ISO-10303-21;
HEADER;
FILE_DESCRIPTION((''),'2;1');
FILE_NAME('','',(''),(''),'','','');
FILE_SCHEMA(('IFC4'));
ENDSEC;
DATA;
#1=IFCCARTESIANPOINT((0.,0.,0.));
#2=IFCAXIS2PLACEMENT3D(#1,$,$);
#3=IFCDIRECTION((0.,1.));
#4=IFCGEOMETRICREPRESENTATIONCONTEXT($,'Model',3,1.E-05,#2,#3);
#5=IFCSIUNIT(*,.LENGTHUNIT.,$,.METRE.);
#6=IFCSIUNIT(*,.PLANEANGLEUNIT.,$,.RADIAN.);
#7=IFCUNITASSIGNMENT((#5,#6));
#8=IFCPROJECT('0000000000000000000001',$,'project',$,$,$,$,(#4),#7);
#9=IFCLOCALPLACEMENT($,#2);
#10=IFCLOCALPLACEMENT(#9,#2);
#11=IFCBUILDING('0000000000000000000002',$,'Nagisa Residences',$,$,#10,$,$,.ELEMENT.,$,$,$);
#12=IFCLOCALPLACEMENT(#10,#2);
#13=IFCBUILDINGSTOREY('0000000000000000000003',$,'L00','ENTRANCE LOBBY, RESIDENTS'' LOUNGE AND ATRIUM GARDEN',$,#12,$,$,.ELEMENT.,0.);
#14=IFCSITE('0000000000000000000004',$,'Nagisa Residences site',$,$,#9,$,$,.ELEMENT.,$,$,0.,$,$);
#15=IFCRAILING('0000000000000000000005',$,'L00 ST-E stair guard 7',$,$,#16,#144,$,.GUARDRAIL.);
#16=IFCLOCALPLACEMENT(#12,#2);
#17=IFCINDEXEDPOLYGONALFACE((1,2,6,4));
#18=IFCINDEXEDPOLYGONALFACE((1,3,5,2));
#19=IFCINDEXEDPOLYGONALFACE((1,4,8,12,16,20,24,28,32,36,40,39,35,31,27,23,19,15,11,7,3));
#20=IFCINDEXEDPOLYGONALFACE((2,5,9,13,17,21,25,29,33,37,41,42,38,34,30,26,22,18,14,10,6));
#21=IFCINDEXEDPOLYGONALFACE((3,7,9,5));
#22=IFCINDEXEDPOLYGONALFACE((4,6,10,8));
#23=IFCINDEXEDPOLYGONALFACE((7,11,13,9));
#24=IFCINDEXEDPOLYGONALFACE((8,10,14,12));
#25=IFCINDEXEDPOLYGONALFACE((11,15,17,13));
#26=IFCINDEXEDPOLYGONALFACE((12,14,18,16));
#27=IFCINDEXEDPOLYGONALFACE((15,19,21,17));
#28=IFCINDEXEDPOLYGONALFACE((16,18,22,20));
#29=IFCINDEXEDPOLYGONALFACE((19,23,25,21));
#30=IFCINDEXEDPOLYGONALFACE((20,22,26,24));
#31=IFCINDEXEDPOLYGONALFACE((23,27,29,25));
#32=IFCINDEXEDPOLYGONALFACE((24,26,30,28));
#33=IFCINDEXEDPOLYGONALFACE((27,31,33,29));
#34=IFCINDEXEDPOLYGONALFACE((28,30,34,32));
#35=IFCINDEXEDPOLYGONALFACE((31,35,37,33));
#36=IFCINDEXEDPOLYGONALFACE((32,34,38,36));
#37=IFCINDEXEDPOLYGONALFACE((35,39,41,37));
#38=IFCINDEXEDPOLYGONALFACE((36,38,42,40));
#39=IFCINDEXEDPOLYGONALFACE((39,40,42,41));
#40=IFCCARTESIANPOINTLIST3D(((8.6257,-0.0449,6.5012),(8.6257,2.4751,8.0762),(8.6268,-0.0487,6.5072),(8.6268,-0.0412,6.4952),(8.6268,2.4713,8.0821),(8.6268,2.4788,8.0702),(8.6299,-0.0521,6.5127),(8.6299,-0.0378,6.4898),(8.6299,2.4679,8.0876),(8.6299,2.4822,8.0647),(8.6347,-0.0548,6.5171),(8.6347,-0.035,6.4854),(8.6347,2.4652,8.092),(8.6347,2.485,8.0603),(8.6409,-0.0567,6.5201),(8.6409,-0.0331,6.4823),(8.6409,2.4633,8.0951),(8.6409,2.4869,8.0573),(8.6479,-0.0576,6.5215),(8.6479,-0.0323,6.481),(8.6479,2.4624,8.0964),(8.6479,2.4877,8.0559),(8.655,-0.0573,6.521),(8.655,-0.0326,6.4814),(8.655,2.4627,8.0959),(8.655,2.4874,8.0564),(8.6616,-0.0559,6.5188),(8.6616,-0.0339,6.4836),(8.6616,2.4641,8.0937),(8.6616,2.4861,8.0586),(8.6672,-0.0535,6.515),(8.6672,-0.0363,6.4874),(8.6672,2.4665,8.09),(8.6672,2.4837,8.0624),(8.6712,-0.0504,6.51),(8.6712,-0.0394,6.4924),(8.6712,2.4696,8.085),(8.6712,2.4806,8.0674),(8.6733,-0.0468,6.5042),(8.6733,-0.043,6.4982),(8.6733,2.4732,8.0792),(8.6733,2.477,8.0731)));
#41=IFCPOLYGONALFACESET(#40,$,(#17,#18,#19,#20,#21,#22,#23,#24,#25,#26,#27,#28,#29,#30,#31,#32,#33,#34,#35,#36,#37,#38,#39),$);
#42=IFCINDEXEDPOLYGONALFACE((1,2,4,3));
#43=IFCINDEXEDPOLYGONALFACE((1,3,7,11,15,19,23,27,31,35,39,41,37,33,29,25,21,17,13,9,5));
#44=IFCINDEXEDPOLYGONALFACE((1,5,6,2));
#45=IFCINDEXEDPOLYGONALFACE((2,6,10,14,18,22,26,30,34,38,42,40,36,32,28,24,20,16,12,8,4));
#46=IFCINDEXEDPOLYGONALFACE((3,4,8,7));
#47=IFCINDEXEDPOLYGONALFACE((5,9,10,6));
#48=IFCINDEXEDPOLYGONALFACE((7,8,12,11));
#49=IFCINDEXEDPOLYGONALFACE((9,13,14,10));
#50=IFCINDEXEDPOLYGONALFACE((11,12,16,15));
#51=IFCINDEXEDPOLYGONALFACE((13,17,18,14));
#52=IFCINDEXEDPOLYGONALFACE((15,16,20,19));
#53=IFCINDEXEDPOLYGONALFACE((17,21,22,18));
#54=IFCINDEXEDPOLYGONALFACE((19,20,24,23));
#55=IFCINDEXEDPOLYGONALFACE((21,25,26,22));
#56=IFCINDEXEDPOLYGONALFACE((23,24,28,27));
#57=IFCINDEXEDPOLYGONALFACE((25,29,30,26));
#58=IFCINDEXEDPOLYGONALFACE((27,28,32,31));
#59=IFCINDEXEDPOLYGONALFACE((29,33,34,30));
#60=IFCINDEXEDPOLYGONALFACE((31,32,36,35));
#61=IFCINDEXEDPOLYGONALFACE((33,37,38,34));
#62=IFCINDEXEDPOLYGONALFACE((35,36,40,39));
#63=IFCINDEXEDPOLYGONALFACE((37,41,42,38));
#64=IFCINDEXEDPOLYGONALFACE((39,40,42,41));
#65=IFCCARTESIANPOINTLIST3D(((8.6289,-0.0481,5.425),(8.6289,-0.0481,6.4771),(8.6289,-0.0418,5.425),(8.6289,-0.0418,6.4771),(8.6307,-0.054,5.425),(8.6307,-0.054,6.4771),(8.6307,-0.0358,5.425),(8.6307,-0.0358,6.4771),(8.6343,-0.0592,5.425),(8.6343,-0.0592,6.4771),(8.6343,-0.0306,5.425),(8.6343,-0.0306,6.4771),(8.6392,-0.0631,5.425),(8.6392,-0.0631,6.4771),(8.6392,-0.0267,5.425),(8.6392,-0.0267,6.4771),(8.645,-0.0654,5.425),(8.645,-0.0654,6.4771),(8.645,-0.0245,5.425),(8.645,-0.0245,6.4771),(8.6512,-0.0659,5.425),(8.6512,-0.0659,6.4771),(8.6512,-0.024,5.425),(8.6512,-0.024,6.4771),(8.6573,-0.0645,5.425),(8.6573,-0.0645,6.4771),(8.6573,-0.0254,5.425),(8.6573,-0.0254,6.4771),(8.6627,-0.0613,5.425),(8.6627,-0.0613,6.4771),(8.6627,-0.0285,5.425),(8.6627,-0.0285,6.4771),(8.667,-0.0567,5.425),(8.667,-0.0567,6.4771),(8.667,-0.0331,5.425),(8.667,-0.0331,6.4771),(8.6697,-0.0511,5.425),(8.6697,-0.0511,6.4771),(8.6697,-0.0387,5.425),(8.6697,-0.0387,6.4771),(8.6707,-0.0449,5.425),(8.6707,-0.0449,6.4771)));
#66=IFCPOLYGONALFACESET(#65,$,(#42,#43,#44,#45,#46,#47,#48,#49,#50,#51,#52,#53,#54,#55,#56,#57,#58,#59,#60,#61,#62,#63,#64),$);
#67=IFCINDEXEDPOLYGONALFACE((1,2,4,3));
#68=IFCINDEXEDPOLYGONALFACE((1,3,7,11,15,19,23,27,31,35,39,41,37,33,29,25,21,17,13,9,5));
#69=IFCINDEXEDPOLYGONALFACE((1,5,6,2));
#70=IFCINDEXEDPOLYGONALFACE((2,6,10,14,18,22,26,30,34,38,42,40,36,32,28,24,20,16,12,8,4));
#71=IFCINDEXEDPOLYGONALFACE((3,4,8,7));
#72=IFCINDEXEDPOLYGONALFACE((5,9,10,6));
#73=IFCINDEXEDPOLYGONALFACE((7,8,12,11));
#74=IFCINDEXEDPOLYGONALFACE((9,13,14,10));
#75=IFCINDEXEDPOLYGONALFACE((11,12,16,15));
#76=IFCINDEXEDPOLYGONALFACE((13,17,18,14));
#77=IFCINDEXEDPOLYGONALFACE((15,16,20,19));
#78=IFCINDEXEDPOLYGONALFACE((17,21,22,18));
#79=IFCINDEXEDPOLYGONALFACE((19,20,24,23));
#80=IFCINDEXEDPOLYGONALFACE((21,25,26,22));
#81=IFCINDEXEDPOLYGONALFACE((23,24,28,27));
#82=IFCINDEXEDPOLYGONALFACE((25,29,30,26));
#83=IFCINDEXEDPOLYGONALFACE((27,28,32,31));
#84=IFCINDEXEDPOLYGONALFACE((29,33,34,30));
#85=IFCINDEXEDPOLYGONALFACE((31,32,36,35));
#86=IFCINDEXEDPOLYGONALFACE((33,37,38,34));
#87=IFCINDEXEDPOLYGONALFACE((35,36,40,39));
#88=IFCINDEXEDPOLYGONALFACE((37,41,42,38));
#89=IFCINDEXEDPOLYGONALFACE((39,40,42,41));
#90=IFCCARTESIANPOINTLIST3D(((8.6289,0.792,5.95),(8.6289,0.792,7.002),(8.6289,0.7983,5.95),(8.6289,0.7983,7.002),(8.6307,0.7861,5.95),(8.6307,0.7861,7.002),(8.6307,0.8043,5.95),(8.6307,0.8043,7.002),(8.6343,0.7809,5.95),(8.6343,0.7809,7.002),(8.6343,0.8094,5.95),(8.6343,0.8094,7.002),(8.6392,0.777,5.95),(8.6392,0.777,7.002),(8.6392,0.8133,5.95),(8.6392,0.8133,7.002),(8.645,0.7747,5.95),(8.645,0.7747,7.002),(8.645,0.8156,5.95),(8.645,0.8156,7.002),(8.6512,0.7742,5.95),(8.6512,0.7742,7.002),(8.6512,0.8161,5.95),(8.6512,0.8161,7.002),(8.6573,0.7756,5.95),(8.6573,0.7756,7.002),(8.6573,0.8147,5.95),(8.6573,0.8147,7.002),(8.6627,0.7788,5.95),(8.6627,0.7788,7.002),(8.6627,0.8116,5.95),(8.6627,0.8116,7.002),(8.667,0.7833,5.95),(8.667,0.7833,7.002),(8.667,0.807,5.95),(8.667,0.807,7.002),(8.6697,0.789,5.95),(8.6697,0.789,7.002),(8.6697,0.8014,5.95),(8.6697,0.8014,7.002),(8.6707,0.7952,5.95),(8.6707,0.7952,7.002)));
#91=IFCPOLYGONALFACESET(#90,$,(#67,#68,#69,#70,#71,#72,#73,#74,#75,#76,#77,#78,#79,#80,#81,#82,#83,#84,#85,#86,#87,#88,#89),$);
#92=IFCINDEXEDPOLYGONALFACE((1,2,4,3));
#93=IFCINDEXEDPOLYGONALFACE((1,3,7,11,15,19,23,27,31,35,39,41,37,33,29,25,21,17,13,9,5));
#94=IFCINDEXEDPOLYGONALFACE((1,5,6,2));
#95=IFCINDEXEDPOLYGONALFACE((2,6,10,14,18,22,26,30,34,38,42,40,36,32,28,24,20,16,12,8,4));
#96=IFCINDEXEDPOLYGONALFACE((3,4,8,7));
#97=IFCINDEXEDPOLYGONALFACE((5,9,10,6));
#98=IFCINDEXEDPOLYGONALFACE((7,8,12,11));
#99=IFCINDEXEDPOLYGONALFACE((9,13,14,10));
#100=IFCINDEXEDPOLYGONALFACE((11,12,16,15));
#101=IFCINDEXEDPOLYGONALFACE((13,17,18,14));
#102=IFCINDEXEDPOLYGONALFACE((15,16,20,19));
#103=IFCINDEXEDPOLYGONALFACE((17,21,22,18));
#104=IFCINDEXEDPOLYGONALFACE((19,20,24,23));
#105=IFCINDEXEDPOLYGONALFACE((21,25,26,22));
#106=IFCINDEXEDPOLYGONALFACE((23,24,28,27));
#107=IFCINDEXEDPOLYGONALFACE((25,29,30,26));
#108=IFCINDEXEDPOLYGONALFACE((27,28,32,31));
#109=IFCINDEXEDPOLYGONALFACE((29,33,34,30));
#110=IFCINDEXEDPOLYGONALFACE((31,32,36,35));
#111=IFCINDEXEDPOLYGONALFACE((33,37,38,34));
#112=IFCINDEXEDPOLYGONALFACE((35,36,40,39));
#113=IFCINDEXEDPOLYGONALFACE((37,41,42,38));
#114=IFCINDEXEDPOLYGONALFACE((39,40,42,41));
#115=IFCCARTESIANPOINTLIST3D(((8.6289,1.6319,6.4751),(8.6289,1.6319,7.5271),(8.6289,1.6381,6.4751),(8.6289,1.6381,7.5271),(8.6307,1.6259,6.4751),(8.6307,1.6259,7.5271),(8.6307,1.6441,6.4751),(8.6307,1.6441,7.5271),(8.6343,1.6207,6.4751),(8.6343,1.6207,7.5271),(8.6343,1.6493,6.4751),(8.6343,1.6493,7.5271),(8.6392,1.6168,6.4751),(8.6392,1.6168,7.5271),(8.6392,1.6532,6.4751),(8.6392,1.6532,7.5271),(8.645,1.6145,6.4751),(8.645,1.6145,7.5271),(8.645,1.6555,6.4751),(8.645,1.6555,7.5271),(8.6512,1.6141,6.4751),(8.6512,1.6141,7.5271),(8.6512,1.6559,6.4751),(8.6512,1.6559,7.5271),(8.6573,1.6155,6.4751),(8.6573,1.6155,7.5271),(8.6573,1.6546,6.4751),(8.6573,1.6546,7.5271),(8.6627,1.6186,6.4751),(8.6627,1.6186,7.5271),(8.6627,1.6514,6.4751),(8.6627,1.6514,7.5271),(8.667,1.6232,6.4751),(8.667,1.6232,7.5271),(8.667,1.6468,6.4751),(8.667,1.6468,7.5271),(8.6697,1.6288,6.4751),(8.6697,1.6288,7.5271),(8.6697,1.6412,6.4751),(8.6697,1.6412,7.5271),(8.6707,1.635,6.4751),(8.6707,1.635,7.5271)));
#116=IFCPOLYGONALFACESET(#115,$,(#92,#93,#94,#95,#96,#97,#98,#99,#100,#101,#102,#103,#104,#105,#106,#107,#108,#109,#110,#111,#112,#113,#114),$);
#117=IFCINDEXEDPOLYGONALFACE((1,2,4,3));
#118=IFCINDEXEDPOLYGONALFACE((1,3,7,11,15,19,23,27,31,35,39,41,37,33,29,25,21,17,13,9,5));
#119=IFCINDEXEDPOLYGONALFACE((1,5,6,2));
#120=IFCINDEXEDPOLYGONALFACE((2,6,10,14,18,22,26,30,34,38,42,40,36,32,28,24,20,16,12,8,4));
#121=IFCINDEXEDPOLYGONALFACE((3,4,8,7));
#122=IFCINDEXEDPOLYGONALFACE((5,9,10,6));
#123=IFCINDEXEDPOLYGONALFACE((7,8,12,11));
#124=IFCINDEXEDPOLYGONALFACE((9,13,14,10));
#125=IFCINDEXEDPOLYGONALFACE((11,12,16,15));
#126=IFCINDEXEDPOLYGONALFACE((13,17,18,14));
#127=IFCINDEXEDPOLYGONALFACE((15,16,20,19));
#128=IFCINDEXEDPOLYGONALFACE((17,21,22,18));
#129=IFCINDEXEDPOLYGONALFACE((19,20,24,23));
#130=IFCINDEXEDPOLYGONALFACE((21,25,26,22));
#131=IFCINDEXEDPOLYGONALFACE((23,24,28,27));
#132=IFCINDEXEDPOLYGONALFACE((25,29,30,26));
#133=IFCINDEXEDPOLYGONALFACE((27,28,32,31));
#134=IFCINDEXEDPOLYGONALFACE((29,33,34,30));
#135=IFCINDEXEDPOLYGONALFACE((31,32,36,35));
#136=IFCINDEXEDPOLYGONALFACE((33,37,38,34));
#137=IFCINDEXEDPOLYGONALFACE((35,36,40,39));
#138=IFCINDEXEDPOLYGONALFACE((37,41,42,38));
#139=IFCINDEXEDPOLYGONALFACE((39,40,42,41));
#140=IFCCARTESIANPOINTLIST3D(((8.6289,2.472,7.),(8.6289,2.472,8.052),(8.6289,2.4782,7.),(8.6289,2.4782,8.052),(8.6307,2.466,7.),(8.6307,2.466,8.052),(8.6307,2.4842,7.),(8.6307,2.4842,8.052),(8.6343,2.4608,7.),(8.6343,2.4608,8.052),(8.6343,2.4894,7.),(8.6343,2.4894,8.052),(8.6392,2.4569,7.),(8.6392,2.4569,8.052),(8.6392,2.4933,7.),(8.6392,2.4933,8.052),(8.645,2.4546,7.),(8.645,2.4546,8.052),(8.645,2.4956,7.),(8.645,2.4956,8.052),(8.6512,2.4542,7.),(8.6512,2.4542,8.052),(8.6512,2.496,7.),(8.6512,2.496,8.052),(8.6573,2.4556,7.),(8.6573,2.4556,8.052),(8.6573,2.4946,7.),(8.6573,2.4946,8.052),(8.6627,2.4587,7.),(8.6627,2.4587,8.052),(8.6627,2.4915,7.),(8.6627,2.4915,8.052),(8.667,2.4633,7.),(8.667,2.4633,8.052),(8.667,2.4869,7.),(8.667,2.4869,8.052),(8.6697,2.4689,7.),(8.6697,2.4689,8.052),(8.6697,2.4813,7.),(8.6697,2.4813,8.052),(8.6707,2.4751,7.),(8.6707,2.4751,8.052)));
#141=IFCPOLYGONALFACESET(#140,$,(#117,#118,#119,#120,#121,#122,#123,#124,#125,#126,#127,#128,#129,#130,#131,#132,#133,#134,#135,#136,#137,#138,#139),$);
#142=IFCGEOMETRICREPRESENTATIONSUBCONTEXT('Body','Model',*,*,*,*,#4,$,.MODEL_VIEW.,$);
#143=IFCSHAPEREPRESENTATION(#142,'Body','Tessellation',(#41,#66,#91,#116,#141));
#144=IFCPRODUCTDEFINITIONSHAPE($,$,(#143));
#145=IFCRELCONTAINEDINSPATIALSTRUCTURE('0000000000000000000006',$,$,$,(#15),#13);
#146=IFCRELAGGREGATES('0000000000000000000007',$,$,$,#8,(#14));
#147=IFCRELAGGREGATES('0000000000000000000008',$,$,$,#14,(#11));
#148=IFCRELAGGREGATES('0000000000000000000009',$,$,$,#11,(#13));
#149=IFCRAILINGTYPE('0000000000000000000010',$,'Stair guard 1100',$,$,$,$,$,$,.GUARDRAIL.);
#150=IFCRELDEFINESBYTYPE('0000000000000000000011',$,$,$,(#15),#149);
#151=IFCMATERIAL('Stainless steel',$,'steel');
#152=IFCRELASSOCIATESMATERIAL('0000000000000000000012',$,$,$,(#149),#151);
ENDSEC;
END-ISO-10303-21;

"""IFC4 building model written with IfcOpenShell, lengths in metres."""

from ifc_helpers import new_model, si_unit, direction, frame, origin, origin_2d, place, context, subcontext, project, spatial, circle, extrude, material, type_object, element, save


model = new_model("IFC4")

# Units and contexts
model_context = context("Model", 3, precision=1e-05, world=origin(), true_north=direction((0.0, 1.0)))
body_context = subcontext(model_context, "Body", "Model", "MODEL_VIEW")
ifc_project = project(units=[si_unit("LENGTHUNIT", "METRE"), si_unit("PLANEANGLEUNIT", "RADIAN")], contexts=[model_context])

# Site, building, storey
site_placement = place(None, origin())
site = spatial("IfcSite", under=ifc_project, at=site_placement, Name="Nagisa Residences site", CompositionType="ELEMENT", RefElevation=0.0)
building_placement = place(site_placement, origin())
building = spatial("IfcBuilding", under=site, at=building_placement, Name="Nagisa Residences", CompositionType="ELEMENT")
storey_placement = place(building_placement, origin())
storey = spatial("IfcBuildingStorey", under=building, at=storey_placement, Name="L00", Description="ENTRANCE LOBBY, RESIDENTS' LOUNGE AND ATRIUM GARDEN", CompositionType="ELEMENT", Elevation=0.0)

# Railing
ifc_material_1 = material(Name="Stainless steel", Category="steel")
railing_type_1 = type_object("IfcRailingType", Name="Stair guard 1100", PredefinedType="GUARDRAIL", material=ifc_material_1)
railing_1_placement = place(storey_placement, frame((8.6497, -0.0449, 5.425)))
element("IfcRailing", 1, at=railing_1_placement, inside=storey, type_object=railing_type_1, Name="L00 ST-E stair guard 7", PredefinedType="GUARDRAIL", context=body_context, shape_type="SweptSolid", body=[
    extrude(circle(Radius=0.0239, at=origin_2d()), frame((0.0, 0.0, 1.0762), z_axis=(0.0, 0.848008, 0.529984), x_axis=(-1.0, 0.0, 0.0)), (0.0, 0.0, 1.0), 2.9717),
    extrude(circle(Radius=0.021, at=origin_2d()), origin(), (0.0, 0.0, 1.0), 1.052),
    extrude(circle(Radius=0.021, at=origin_2d()), frame((0.0, 0.8401, 0.5249)), (0.0, 0.0, 1.0), 1.052),
    extrude(circle(Radius=0.021, at=origin_2d()), frame((0.0, 1.6799, 1.05)), (0.0, 0.0, 1.0), 1.052),
    extrude(circle(Radius=0.021, at=origin_2d()), frame((0.0, 2.52, 1.575)), (0.0, 0.0, 1.0), 1.052),
])

save(model, "model.ifc")
